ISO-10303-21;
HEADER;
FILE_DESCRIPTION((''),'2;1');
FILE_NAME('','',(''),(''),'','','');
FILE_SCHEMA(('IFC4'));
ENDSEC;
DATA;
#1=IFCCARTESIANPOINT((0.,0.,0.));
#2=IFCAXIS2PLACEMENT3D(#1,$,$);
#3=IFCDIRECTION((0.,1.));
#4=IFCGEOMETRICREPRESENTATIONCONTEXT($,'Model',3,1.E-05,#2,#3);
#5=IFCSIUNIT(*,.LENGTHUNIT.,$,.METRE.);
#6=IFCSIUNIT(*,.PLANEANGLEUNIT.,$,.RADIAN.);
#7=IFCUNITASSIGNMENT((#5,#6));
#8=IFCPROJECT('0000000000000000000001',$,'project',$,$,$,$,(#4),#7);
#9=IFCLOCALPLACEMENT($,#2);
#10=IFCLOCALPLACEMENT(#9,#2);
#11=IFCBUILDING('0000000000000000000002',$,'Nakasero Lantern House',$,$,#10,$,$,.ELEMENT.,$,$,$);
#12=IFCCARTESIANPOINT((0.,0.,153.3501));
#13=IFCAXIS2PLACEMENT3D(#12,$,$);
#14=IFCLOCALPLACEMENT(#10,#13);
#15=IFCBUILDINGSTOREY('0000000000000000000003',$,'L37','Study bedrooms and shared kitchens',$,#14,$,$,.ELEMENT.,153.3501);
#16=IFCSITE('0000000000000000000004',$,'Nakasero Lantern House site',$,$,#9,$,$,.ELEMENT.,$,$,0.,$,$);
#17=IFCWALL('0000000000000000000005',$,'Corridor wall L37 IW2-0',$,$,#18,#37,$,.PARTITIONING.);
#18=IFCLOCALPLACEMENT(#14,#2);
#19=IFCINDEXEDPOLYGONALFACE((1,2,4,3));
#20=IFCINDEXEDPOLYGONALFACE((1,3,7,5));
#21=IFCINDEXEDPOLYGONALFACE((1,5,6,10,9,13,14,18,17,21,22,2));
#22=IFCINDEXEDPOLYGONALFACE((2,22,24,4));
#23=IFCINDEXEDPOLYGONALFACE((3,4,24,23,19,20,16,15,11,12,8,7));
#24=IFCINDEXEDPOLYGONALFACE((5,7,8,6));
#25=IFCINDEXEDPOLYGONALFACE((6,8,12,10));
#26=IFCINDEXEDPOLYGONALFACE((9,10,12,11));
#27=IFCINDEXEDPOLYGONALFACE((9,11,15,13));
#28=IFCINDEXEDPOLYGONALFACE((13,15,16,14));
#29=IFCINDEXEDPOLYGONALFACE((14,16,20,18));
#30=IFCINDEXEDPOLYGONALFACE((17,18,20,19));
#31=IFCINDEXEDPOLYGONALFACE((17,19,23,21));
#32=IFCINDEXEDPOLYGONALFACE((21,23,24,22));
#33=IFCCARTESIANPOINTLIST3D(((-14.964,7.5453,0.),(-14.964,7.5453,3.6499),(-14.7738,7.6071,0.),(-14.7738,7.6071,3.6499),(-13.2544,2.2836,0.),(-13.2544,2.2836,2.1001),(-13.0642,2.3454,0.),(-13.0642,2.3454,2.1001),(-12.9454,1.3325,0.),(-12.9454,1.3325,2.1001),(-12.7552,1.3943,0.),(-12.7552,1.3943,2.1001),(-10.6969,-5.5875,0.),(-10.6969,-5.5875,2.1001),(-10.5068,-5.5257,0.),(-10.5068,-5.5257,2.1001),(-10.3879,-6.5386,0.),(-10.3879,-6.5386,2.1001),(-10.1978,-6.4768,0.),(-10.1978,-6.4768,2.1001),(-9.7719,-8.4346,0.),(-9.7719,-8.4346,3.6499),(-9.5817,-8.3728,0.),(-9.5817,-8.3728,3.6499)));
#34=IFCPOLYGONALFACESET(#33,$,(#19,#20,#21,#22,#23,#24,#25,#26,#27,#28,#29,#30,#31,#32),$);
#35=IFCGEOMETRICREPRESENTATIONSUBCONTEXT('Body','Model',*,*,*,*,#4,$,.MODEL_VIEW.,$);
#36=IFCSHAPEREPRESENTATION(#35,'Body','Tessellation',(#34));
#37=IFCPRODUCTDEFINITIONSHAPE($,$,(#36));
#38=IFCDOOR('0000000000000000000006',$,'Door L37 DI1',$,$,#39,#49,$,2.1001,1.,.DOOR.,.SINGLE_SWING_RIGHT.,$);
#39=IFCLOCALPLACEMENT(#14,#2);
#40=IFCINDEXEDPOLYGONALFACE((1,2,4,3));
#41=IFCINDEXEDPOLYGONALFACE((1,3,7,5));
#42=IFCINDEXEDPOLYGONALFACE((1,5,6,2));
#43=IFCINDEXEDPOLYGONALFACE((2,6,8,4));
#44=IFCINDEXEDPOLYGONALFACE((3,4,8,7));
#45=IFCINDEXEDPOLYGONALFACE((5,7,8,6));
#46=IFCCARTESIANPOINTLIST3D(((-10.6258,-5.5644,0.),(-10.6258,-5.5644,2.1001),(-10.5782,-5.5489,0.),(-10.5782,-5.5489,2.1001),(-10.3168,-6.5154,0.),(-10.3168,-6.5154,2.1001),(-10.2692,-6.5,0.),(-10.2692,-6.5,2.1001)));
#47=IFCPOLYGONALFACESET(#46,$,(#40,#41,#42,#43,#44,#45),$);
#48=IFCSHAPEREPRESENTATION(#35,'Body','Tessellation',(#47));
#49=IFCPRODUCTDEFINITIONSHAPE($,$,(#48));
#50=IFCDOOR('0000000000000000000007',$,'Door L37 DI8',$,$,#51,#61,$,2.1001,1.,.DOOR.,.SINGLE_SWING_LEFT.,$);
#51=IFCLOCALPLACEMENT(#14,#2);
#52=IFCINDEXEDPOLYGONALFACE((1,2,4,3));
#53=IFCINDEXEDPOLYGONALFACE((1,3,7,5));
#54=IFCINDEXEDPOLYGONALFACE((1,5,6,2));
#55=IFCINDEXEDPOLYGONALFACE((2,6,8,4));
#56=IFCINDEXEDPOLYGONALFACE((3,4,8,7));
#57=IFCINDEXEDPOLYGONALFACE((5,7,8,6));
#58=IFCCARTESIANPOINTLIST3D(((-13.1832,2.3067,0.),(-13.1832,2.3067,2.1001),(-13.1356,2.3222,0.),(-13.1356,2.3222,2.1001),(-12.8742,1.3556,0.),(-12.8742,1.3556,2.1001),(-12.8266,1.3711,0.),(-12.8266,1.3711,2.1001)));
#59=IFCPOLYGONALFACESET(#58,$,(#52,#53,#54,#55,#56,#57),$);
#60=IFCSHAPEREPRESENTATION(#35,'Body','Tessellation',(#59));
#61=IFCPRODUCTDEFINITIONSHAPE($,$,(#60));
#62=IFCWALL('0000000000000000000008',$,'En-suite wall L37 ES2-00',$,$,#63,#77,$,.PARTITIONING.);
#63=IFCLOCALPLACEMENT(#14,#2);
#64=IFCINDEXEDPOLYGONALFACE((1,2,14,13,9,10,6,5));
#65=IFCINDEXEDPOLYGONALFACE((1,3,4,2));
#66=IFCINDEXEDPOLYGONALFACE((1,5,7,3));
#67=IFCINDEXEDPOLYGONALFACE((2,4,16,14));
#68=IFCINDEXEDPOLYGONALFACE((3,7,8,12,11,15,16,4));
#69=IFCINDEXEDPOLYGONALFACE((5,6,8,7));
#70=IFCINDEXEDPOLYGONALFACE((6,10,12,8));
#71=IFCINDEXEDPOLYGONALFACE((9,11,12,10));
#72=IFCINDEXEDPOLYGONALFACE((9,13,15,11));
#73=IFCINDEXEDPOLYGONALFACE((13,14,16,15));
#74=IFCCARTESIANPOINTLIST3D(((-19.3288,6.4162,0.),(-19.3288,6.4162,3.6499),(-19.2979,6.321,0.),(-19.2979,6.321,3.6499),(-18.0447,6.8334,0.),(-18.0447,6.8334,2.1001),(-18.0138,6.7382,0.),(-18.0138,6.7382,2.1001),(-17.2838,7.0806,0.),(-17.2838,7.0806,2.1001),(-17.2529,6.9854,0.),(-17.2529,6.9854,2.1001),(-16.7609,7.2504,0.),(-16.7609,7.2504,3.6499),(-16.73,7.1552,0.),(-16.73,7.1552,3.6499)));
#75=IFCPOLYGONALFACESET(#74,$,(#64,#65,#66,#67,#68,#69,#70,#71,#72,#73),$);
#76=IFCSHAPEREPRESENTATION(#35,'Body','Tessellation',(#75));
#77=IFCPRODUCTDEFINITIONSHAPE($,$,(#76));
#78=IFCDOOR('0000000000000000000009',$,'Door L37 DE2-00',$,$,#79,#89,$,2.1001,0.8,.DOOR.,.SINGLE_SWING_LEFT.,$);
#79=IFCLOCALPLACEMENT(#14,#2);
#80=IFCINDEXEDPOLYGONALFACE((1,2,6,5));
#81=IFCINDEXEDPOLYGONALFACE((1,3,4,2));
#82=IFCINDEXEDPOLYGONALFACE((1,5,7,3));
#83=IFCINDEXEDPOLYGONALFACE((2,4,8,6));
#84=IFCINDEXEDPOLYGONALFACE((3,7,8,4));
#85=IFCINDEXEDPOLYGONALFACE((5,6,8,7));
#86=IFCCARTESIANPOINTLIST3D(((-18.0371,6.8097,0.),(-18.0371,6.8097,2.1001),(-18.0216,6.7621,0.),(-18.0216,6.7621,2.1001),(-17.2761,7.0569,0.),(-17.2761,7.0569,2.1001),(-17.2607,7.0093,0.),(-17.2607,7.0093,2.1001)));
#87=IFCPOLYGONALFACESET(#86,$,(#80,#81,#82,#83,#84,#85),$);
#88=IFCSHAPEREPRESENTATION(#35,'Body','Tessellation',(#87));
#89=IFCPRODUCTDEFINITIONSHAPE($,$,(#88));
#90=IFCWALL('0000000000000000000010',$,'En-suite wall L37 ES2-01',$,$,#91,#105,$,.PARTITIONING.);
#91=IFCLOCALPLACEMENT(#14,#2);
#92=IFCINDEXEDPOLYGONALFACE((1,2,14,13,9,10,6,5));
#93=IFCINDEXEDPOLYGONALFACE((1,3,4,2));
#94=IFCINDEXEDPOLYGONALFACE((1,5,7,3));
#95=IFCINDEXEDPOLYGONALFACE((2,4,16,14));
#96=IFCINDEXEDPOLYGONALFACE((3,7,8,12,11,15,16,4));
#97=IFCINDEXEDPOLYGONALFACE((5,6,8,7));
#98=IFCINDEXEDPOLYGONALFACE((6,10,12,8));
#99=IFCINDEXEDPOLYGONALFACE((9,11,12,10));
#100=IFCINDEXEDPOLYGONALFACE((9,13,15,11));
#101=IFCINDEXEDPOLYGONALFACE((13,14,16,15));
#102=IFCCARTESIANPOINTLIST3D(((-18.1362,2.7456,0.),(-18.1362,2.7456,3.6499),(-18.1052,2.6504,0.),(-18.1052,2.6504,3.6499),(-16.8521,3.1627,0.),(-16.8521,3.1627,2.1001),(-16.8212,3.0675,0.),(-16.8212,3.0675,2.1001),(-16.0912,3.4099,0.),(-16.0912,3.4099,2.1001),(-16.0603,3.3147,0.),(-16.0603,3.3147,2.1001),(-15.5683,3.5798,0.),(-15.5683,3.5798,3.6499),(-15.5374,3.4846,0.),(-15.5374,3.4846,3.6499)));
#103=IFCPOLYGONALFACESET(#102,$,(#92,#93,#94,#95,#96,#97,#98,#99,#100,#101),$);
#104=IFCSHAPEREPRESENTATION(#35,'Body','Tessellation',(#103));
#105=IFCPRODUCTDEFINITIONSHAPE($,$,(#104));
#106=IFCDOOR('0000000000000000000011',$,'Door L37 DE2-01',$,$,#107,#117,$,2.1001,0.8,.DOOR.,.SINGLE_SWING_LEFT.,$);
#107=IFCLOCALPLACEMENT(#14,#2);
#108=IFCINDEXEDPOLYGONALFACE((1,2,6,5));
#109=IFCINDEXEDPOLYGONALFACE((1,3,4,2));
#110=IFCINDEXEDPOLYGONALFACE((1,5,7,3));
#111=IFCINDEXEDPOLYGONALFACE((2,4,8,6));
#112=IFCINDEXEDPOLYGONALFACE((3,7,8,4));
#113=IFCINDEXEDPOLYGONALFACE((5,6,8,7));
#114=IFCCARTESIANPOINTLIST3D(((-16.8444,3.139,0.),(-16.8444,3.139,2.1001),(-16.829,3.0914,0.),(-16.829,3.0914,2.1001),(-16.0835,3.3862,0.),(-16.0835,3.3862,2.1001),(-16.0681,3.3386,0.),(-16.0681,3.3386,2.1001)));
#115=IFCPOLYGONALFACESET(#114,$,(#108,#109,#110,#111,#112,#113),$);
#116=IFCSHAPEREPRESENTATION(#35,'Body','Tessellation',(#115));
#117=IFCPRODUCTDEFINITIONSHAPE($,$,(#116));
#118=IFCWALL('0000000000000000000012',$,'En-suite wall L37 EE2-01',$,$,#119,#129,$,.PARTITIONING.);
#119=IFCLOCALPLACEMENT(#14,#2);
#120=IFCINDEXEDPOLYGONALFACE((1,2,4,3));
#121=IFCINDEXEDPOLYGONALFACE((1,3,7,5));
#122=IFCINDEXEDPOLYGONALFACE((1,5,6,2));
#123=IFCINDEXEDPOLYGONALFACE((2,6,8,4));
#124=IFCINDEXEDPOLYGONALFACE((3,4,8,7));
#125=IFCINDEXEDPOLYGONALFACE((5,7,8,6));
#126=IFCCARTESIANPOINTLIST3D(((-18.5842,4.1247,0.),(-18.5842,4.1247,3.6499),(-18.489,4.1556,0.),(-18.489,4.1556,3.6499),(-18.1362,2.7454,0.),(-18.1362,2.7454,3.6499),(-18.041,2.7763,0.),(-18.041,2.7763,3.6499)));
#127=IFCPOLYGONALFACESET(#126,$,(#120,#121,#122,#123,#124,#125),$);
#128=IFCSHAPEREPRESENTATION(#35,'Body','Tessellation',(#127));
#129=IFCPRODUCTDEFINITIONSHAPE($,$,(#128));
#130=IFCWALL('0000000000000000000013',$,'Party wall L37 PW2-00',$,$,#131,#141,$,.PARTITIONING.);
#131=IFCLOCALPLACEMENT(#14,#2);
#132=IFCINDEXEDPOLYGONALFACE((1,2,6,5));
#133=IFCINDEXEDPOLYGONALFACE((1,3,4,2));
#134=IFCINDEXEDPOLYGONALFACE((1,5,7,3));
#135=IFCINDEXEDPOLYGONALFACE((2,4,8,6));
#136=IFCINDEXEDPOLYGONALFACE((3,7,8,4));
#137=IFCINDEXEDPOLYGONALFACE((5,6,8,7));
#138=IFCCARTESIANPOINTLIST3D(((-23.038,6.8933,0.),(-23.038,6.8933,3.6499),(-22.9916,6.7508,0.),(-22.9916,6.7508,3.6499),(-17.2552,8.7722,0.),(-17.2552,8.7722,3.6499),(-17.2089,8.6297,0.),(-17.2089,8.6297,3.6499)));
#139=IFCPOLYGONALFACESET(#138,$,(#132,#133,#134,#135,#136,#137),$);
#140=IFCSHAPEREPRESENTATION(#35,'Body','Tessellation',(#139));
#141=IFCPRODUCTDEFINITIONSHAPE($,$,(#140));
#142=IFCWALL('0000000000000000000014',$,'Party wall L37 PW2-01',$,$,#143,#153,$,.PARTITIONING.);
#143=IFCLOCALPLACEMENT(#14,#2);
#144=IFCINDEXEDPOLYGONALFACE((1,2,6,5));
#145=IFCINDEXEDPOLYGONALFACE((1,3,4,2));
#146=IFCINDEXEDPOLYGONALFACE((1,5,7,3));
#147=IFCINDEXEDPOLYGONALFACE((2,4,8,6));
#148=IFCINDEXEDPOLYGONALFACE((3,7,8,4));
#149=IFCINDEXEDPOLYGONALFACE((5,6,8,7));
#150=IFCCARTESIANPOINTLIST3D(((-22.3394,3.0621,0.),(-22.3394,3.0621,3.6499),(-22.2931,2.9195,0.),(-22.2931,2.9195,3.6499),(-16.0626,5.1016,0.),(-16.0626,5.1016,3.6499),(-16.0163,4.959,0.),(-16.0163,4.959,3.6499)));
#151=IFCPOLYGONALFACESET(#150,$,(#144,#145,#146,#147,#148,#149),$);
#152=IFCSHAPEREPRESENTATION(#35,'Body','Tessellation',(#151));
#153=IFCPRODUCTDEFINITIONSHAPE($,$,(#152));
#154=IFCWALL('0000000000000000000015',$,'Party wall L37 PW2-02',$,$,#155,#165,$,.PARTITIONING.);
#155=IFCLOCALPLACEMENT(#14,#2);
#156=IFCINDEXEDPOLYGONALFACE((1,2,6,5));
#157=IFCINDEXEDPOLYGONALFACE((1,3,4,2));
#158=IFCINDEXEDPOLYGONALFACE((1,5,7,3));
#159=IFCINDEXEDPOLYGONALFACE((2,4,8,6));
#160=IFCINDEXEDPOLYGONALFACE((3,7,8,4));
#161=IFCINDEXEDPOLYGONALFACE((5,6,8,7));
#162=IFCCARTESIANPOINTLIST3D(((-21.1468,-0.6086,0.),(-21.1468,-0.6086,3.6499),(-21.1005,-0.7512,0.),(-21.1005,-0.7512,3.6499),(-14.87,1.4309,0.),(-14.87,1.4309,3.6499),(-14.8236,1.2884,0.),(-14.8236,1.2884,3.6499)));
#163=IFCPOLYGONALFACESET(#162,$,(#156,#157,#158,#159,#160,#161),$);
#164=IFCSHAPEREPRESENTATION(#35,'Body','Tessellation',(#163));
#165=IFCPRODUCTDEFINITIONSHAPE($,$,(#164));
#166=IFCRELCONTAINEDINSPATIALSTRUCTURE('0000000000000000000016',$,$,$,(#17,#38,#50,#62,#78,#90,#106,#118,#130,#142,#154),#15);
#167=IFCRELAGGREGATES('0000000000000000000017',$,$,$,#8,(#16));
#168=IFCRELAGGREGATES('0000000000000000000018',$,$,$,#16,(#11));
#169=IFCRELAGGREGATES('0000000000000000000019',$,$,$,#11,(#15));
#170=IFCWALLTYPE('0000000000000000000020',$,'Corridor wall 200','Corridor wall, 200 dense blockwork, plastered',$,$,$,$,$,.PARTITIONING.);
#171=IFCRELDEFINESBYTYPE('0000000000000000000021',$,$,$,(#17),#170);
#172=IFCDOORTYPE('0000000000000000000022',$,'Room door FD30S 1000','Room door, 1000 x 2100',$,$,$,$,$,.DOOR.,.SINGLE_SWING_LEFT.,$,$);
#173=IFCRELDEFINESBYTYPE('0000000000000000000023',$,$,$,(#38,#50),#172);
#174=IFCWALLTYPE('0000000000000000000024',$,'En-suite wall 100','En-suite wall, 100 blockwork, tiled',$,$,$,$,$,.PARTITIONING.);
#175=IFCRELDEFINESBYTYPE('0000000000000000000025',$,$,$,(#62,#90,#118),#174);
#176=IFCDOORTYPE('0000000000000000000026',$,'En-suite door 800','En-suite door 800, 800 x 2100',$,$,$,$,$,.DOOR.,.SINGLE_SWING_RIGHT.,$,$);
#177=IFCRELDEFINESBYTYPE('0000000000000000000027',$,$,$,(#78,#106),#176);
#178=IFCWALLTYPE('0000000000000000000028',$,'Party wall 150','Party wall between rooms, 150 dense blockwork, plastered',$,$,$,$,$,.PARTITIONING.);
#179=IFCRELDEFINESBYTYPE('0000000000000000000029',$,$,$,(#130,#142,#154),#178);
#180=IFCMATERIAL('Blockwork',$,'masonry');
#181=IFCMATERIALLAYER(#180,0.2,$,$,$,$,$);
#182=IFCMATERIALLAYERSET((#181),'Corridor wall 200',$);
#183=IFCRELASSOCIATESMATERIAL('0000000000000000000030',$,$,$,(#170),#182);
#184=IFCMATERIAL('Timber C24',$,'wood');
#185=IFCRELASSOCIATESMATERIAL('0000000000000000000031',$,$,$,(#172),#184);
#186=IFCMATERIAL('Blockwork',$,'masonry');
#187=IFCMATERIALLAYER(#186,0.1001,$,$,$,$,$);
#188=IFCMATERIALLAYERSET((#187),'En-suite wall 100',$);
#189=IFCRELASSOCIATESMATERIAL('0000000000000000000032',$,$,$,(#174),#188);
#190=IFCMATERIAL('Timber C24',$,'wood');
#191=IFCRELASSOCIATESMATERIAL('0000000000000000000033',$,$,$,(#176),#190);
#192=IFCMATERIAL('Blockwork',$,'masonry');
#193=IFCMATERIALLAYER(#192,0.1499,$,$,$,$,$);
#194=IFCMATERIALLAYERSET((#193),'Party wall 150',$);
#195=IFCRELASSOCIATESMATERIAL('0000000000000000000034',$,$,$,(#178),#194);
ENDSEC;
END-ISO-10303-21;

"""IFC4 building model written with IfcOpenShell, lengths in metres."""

from ifc_helpers import new_model, si_unit, direction, frame, frame_2d, origin, place, context, subcontext, project, spatial, rectangle, extrude, material, layer, layer_set, type_object, element, fill, save


model = new_model("IFC4")

# Units and contexts
model_context = context("Model", 3, precision=1e-05, world=origin(), true_north=direction((0.0, 1.0)))
body_context = subcontext(model_context, "Body", "Model", "MODEL_VIEW")
ifc_project = project(units=[si_unit("LENGTHUNIT", "METRE"), si_unit("PLANEANGLEUNIT", "RADIAN")], contexts=[model_context])

# Site, building, storey
site_placement = place(None, origin())
site = spatial("IfcSite", under=ifc_project, at=site_placement, Name="Nakasero Lantern House site", CompositionType="ELEMENT", RefElevation=0.0)
building_placement = place(site_placement, origin())
building = spatial("IfcBuilding", under=site, at=building_placement, Name="Nakasero Lantern House", CompositionType="ELEMENT")
storey_placement = place(building_placement, frame((0.0, 0.0, 153.3501)))
storey = spatial("IfcBuildingStorey", under=building, at=storey_placement, Name="L37", Description="Study bedrooms and shared kitchens", CompositionType="ELEMENT", Elevation=153.3501)

# Wall, openings, doors
ifc_material_1 = material(Name="Blockwork", Category="masonry")
ifc_layer_1 = layer(ifc_material_1, 0.2)
ifc_layer_set_1 = layer_set([ifc_layer_1], Name="Corridor wall 200")
wall_type_1 = type_object("IfcWallType", Name="Corridor wall 200", Description="Corridor wall, 200 dense blockwork, plastered", PredefinedType="PARTITIONING", material=ifc_layer_set_1)
wall_1_placement = place(storey_placement, frame((-14.8689, 7.5762, 0.0), z_axis=(0.0, 0.0, 1.0), x_axis=(0.309013, -0.951058, 0.0)))
wall_1 = element("IfcWall", 1, at=wall_1_placement, inside=storey, type_object=wall_type_1, Name="Corridor wall L37 IW2-0", PredefinedType="PARTITIONING", context=body_context, shape_type="SweptSolid", body=[
    extrude(rectangle(XDim=16.8022, YDim=0.2, at=frame_2d((8.4011, 0.0))), origin(), (0.0, 0.0, 1.0), 3.6499),
])
opening_1_placement = place(wall_1_placement, frame((13.8086, 0.0, 0.0)))
opening_1 = element("IfcOpeningElement", 2, at=opening_1_placement, cuts=wall_1, PredefinedType="OPENING", context=body_context, shape_type="SweptSolid", body=[
    extrude(rectangle(XDim=1.0, YDim=2.1001, at=frame_2d((0.5, 1.05))), frame((0.0, 0.1199, 0.0), z_axis=(0.0, -1.0, 0.0), x_axis=(1.0, 0.0, 0.0)), (0.0, 0.0, 1.0), 0.24),
])
opening_2_placement = place(wall_1_placement, frame((5.5325, 0.0, 0.0)))
opening_2 = element("IfcOpeningElement", 3, at=opening_2_placement, cuts=wall_1, PredefinedType="OPENING", context=body_context, shape_type="SweptSolid", body=[
    extrude(rectangle(XDim=1.0, YDim=2.1001, at=frame_2d((0.5, 1.05))), frame((0.0, 0.1199, 0.0), z_axis=(0.0, -1.0, 0.0), x_axis=(1.0, 0.0, 0.0)), (0.0, 0.0, 1.0), 0.24),
])
ifc_material_2 = material(Name="Timber C24", Category="wood")
door_type_1 = type_object("IfcDoorType", Name="Room door FD30S 1000", Description="Room door, 1000 x 2100", OperationType="SINGLE_SWING_LEFT", PredefinedType="DOOR", material=ifc_material_2)
door_1_placement = place(opening_1_placement, origin())
door_1 = element("IfcDoor", 4, at=door_1_placement, inside=storey, type_object=door_type_1, Name="Door L37 DI1", OperationType="SINGLE_SWING_RIGHT", OverallHeight=2.1001, OverallWidth=1.0, PredefinedType="DOOR", context=body_context, shape_type="SweptSolid", body=[
    extrude(rectangle(XDim=1.0, YDim=2.1001, at=frame_2d((0.5, 1.05))), frame((0.0, 0.0249, 0.0), z_axis=(0.0, -1.0, 0.0), x_axis=(1.0, 0.0, 0.0)), (0.0, 0.0, 1.0), 0.05),
])
fill(opening_1, door_1)
door_2_placement = place(opening_2_placement, origin())
door_2 = element("IfcDoor", 5, at=door_2_placement, inside=storey, type_object=door_type_1, Name="Door L37 DI8", OperationType="SINGLE_SWING_LEFT", OverallHeight=2.1001, OverallWidth=1.0, PredefinedType="DOOR", context=body_context, shape_type="SweptSolid", body=[
    extrude(rectangle(XDim=1.0, YDim=2.1001, at=frame_2d((0.5, 1.05))), frame((0.0, 0.0249, 0.0), z_axis=(0.0, -1.0, 0.0), x_axis=(1.0, 0.0, 0.0)), (0.0, 0.0, 1.0), 0.05),
])
fill(opening_2, door_2)

# Walls, openings, doors
ifc_material_3 = material(Name="Blockwork", Category="masonry")
ifc_layer_2 = layer(ifc_material_3, 0.1001)
ifc_layer_set_2 = layer_set([ifc_layer_2], Name="En-suite wall 100")
wall_type_2 = type_object("IfcWallType", Name="En-suite wall 100", Description="En-suite wall, 100 blockwork, tiled", PredefinedType="PARTITIONING", material=ifc_layer_set_2)
wall_2_placement = place(storey_placement, frame((-16.7454, 7.2029, 0.0), z_axis=(0.0, 0.0, 1.0), x_axis=(-0.95107, -0.308976, 0.0)))
wall_2 = element("IfcWall", 6, at=wall_2_placement, inside=storey, type_object=wall_type_2, Name="En-suite wall L37 ES2-00", PredefinedType="PARTITIONING", context=body_context, shape_type="SweptSolid", body=[
    extrude(rectangle(XDim=2.7, YDim=0.1001, at=frame_2d((1.3501, 0.0))), origin(), (0.0, 0.0, 1.0), 3.6499),
])
opening_3_placement = place(wall_2_placement, frame((0.55, 0.0, 0.0)))
opening_3 = element("IfcOpeningElement", 7, at=opening_3_placement, cuts=wall_2, PredefinedType="OPENING", context=body_context, shape_type="SweptSolid", body=[
    extrude(rectangle(XDim=0.8, YDim=2.1001, at=frame_2d((0.3999, 1.05))), frame((0.0, 0.0701, 0.0), z_axis=(0.0, -1.0, 0.0), x_axis=(1.0, 0.0, 0.0)), (0.0, 0.0, 1.0), 0.1401),
])
ifc_material_4 = material(Name="Timber C24", Category="wood")
door_type_2 = type_object("IfcDoorType", Name="En-suite door 800", Description="En-suite door 800, 800 x 2100", OperationType="SINGLE_SWING_RIGHT", PredefinedType="DOOR", material=ifc_material_4)
door_3_placement = place(opening_3_placement, origin())
door_3 = element("IfcDoor", 8, at=door_3_placement, inside=storey, type_object=door_type_2, Name="Door L37 DE2-00", OperationType="SINGLE_SWING_LEFT", OverallHeight=2.1001, OverallWidth=0.8, PredefinedType="DOOR", context=body_context, shape_type="SweptSolid", body=[
    extrude(rectangle(XDim=0.8, YDim=2.1001, at=frame_2d((0.3999, 1.05))), frame((0.0, 0.0249, 0.0), z_axis=(0.0, -1.0, 0.0), x_axis=(1.0, 0.0, 0.0)), (0.0, 0.0, 1.0), 0.05),
])
fill(opening_3, door_3)
wall_3_placement = place(storey_placement, frame((-15.5527, 3.5322, 0.0), z_axis=(0.0, 0.0, 1.0), x_axis=(-0.95107, -0.308976, 0.0)))
wall_3 = element("IfcWall", 9, at=wall_3_placement, inside=storey, type_object=wall_type_2, Name="En-suite wall L37 ES2-01", PredefinedType="PARTITIONING", context=body_context, shape_type="SweptSolid", body=[
    extrude(rectangle(XDim=2.7, YDim=0.1001, at=frame_2d((1.3501, 0.0))), origin(), (0.0, 0.0, 1.0), 3.6499),
])
opening_4_placement = place(wall_3_placement, frame((0.55, 0.0, 0.0)))
opening_4 = element("IfcOpeningElement", 10, at=opening_4_placement, cuts=wall_3, PredefinedType="OPENING", context=body_context, shape_type="SweptSolid", body=[
    extrude(rectangle(XDim=0.8, YDim=2.1001, at=frame_2d((0.3999, 1.05))), frame((0.0, 0.0701, 0.0), z_axis=(0.0, -1.0, 0.0), x_axis=(1.0, 0.0, 0.0)), (0.0, 0.0, 1.0), 0.1401),
])
door_4_placement = place(opening_4_placement, origin())
door_4 = element("IfcDoor", 11, at=door_4_placement, inside=storey, type_object=door_type_2, Name="Door L37 DE2-01", OperationType="SINGLE_SWING_LEFT", OverallHeight=2.1001, OverallWidth=0.8, PredefinedType="DOOR", context=body_context, shape_type="SweptSolid", body=[
    extrude(rectangle(XDim=0.8, YDim=2.1001, at=frame_2d((0.3999, 1.05))), frame((0.0, 0.0249, 0.0), z_axis=(0.0, -1.0, 0.0), x_axis=(1.0, 0.0, 0.0)), (0.0, 0.0, 1.0), 0.05),
])
fill(opening_4, door_4)

# Walls
wall_4_placement = place(storey_placement, frame((-18.5366, 4.1401, 0.0), z_axis=(0.0, 0.0, 1.0), x_axis=(0.308945, -0.95108, 0.0)))
element("IfcWall", 12, at=wall_4_placement, inside=storey, type_object=wall_type_2, Name="En-suite wall L37 EE2-01", PredefinedType="PARTITIONING", context=body_context, shape_type="SweptSolid", body=[
    extrude(rectangle(XDim=1.4502, YDim=0.1001, at=frame_2d((0.7251, 0.0))), origin(), (0.0, 0.0, 1.0), 3.6499),
])
ifc_material_5 = material(Name="Blockwork", Category="masonry")
ifc_layer_3 = layer(ifc_material_5, 0.1499)
ifc_layer_set_3 = layer_set([ifc_layer_3], Name="Party wall 150")
wall_type_3 = type_object("IfcWallType", Name="Party wall 150", Description="Party wall between rooms, 150 dense blockwork, plastered", PredefinedType="PARTITIONING", material=ifc_layer_set_3)
wall_5_placement = place(storey_placement, frame((-17.2322, 8.7009, 0.0), z_axis=(0.0, 0.0, 1.0), x_axis=(-0.951057, -0.309015, 0.0)))
element("IfcWall", 13, at=wall_5_placement, inside=storey, type_object=wall_type_3, Name="Party wall L37 PW2-00", PredefinedType="PARTITIONING", context=body_context, shape_type="SweptSolid", body=[
    extrude(rectangle(XDim=6.0803, YDim=0.1499, at=frame_2d((3.04, 0.0))), origin(), (0.0, 0.0, 1.0), 3.6499),
])
for number, where, z_axis, x_axis, name in (
    (14, (-16.0396, 5.0303, 0.0), (0.0, 0.0, 1.0), (-0.951053, -0.309028, 0.0), "Party wall L37 PW2-01"),
    (15, (-14.8469, 1.3596, 0.0), (0.0, 0.0, 1.0), (-0.951053, -0.309028, 0.0), "Party wall L37 PW2-02"),
):
    element("IfcWall", number, at=place(storey_placement, frame(where, z_axis=z_axis, x_axis=x_axis)), inside=storey, type_object=wall_type_3, Name=name, PredefinedType="PARTITIONING", context=body_context, shape_type="SweptSolid", body=[
        extrude(rectangle(XDim=6.5999, YDim=0.1499, at=frame_2d((3.2998, 0.0))), origin(), (0.0, 0.0, 1.0), 3.6499),
    ])

save(model, "model.ifc")
